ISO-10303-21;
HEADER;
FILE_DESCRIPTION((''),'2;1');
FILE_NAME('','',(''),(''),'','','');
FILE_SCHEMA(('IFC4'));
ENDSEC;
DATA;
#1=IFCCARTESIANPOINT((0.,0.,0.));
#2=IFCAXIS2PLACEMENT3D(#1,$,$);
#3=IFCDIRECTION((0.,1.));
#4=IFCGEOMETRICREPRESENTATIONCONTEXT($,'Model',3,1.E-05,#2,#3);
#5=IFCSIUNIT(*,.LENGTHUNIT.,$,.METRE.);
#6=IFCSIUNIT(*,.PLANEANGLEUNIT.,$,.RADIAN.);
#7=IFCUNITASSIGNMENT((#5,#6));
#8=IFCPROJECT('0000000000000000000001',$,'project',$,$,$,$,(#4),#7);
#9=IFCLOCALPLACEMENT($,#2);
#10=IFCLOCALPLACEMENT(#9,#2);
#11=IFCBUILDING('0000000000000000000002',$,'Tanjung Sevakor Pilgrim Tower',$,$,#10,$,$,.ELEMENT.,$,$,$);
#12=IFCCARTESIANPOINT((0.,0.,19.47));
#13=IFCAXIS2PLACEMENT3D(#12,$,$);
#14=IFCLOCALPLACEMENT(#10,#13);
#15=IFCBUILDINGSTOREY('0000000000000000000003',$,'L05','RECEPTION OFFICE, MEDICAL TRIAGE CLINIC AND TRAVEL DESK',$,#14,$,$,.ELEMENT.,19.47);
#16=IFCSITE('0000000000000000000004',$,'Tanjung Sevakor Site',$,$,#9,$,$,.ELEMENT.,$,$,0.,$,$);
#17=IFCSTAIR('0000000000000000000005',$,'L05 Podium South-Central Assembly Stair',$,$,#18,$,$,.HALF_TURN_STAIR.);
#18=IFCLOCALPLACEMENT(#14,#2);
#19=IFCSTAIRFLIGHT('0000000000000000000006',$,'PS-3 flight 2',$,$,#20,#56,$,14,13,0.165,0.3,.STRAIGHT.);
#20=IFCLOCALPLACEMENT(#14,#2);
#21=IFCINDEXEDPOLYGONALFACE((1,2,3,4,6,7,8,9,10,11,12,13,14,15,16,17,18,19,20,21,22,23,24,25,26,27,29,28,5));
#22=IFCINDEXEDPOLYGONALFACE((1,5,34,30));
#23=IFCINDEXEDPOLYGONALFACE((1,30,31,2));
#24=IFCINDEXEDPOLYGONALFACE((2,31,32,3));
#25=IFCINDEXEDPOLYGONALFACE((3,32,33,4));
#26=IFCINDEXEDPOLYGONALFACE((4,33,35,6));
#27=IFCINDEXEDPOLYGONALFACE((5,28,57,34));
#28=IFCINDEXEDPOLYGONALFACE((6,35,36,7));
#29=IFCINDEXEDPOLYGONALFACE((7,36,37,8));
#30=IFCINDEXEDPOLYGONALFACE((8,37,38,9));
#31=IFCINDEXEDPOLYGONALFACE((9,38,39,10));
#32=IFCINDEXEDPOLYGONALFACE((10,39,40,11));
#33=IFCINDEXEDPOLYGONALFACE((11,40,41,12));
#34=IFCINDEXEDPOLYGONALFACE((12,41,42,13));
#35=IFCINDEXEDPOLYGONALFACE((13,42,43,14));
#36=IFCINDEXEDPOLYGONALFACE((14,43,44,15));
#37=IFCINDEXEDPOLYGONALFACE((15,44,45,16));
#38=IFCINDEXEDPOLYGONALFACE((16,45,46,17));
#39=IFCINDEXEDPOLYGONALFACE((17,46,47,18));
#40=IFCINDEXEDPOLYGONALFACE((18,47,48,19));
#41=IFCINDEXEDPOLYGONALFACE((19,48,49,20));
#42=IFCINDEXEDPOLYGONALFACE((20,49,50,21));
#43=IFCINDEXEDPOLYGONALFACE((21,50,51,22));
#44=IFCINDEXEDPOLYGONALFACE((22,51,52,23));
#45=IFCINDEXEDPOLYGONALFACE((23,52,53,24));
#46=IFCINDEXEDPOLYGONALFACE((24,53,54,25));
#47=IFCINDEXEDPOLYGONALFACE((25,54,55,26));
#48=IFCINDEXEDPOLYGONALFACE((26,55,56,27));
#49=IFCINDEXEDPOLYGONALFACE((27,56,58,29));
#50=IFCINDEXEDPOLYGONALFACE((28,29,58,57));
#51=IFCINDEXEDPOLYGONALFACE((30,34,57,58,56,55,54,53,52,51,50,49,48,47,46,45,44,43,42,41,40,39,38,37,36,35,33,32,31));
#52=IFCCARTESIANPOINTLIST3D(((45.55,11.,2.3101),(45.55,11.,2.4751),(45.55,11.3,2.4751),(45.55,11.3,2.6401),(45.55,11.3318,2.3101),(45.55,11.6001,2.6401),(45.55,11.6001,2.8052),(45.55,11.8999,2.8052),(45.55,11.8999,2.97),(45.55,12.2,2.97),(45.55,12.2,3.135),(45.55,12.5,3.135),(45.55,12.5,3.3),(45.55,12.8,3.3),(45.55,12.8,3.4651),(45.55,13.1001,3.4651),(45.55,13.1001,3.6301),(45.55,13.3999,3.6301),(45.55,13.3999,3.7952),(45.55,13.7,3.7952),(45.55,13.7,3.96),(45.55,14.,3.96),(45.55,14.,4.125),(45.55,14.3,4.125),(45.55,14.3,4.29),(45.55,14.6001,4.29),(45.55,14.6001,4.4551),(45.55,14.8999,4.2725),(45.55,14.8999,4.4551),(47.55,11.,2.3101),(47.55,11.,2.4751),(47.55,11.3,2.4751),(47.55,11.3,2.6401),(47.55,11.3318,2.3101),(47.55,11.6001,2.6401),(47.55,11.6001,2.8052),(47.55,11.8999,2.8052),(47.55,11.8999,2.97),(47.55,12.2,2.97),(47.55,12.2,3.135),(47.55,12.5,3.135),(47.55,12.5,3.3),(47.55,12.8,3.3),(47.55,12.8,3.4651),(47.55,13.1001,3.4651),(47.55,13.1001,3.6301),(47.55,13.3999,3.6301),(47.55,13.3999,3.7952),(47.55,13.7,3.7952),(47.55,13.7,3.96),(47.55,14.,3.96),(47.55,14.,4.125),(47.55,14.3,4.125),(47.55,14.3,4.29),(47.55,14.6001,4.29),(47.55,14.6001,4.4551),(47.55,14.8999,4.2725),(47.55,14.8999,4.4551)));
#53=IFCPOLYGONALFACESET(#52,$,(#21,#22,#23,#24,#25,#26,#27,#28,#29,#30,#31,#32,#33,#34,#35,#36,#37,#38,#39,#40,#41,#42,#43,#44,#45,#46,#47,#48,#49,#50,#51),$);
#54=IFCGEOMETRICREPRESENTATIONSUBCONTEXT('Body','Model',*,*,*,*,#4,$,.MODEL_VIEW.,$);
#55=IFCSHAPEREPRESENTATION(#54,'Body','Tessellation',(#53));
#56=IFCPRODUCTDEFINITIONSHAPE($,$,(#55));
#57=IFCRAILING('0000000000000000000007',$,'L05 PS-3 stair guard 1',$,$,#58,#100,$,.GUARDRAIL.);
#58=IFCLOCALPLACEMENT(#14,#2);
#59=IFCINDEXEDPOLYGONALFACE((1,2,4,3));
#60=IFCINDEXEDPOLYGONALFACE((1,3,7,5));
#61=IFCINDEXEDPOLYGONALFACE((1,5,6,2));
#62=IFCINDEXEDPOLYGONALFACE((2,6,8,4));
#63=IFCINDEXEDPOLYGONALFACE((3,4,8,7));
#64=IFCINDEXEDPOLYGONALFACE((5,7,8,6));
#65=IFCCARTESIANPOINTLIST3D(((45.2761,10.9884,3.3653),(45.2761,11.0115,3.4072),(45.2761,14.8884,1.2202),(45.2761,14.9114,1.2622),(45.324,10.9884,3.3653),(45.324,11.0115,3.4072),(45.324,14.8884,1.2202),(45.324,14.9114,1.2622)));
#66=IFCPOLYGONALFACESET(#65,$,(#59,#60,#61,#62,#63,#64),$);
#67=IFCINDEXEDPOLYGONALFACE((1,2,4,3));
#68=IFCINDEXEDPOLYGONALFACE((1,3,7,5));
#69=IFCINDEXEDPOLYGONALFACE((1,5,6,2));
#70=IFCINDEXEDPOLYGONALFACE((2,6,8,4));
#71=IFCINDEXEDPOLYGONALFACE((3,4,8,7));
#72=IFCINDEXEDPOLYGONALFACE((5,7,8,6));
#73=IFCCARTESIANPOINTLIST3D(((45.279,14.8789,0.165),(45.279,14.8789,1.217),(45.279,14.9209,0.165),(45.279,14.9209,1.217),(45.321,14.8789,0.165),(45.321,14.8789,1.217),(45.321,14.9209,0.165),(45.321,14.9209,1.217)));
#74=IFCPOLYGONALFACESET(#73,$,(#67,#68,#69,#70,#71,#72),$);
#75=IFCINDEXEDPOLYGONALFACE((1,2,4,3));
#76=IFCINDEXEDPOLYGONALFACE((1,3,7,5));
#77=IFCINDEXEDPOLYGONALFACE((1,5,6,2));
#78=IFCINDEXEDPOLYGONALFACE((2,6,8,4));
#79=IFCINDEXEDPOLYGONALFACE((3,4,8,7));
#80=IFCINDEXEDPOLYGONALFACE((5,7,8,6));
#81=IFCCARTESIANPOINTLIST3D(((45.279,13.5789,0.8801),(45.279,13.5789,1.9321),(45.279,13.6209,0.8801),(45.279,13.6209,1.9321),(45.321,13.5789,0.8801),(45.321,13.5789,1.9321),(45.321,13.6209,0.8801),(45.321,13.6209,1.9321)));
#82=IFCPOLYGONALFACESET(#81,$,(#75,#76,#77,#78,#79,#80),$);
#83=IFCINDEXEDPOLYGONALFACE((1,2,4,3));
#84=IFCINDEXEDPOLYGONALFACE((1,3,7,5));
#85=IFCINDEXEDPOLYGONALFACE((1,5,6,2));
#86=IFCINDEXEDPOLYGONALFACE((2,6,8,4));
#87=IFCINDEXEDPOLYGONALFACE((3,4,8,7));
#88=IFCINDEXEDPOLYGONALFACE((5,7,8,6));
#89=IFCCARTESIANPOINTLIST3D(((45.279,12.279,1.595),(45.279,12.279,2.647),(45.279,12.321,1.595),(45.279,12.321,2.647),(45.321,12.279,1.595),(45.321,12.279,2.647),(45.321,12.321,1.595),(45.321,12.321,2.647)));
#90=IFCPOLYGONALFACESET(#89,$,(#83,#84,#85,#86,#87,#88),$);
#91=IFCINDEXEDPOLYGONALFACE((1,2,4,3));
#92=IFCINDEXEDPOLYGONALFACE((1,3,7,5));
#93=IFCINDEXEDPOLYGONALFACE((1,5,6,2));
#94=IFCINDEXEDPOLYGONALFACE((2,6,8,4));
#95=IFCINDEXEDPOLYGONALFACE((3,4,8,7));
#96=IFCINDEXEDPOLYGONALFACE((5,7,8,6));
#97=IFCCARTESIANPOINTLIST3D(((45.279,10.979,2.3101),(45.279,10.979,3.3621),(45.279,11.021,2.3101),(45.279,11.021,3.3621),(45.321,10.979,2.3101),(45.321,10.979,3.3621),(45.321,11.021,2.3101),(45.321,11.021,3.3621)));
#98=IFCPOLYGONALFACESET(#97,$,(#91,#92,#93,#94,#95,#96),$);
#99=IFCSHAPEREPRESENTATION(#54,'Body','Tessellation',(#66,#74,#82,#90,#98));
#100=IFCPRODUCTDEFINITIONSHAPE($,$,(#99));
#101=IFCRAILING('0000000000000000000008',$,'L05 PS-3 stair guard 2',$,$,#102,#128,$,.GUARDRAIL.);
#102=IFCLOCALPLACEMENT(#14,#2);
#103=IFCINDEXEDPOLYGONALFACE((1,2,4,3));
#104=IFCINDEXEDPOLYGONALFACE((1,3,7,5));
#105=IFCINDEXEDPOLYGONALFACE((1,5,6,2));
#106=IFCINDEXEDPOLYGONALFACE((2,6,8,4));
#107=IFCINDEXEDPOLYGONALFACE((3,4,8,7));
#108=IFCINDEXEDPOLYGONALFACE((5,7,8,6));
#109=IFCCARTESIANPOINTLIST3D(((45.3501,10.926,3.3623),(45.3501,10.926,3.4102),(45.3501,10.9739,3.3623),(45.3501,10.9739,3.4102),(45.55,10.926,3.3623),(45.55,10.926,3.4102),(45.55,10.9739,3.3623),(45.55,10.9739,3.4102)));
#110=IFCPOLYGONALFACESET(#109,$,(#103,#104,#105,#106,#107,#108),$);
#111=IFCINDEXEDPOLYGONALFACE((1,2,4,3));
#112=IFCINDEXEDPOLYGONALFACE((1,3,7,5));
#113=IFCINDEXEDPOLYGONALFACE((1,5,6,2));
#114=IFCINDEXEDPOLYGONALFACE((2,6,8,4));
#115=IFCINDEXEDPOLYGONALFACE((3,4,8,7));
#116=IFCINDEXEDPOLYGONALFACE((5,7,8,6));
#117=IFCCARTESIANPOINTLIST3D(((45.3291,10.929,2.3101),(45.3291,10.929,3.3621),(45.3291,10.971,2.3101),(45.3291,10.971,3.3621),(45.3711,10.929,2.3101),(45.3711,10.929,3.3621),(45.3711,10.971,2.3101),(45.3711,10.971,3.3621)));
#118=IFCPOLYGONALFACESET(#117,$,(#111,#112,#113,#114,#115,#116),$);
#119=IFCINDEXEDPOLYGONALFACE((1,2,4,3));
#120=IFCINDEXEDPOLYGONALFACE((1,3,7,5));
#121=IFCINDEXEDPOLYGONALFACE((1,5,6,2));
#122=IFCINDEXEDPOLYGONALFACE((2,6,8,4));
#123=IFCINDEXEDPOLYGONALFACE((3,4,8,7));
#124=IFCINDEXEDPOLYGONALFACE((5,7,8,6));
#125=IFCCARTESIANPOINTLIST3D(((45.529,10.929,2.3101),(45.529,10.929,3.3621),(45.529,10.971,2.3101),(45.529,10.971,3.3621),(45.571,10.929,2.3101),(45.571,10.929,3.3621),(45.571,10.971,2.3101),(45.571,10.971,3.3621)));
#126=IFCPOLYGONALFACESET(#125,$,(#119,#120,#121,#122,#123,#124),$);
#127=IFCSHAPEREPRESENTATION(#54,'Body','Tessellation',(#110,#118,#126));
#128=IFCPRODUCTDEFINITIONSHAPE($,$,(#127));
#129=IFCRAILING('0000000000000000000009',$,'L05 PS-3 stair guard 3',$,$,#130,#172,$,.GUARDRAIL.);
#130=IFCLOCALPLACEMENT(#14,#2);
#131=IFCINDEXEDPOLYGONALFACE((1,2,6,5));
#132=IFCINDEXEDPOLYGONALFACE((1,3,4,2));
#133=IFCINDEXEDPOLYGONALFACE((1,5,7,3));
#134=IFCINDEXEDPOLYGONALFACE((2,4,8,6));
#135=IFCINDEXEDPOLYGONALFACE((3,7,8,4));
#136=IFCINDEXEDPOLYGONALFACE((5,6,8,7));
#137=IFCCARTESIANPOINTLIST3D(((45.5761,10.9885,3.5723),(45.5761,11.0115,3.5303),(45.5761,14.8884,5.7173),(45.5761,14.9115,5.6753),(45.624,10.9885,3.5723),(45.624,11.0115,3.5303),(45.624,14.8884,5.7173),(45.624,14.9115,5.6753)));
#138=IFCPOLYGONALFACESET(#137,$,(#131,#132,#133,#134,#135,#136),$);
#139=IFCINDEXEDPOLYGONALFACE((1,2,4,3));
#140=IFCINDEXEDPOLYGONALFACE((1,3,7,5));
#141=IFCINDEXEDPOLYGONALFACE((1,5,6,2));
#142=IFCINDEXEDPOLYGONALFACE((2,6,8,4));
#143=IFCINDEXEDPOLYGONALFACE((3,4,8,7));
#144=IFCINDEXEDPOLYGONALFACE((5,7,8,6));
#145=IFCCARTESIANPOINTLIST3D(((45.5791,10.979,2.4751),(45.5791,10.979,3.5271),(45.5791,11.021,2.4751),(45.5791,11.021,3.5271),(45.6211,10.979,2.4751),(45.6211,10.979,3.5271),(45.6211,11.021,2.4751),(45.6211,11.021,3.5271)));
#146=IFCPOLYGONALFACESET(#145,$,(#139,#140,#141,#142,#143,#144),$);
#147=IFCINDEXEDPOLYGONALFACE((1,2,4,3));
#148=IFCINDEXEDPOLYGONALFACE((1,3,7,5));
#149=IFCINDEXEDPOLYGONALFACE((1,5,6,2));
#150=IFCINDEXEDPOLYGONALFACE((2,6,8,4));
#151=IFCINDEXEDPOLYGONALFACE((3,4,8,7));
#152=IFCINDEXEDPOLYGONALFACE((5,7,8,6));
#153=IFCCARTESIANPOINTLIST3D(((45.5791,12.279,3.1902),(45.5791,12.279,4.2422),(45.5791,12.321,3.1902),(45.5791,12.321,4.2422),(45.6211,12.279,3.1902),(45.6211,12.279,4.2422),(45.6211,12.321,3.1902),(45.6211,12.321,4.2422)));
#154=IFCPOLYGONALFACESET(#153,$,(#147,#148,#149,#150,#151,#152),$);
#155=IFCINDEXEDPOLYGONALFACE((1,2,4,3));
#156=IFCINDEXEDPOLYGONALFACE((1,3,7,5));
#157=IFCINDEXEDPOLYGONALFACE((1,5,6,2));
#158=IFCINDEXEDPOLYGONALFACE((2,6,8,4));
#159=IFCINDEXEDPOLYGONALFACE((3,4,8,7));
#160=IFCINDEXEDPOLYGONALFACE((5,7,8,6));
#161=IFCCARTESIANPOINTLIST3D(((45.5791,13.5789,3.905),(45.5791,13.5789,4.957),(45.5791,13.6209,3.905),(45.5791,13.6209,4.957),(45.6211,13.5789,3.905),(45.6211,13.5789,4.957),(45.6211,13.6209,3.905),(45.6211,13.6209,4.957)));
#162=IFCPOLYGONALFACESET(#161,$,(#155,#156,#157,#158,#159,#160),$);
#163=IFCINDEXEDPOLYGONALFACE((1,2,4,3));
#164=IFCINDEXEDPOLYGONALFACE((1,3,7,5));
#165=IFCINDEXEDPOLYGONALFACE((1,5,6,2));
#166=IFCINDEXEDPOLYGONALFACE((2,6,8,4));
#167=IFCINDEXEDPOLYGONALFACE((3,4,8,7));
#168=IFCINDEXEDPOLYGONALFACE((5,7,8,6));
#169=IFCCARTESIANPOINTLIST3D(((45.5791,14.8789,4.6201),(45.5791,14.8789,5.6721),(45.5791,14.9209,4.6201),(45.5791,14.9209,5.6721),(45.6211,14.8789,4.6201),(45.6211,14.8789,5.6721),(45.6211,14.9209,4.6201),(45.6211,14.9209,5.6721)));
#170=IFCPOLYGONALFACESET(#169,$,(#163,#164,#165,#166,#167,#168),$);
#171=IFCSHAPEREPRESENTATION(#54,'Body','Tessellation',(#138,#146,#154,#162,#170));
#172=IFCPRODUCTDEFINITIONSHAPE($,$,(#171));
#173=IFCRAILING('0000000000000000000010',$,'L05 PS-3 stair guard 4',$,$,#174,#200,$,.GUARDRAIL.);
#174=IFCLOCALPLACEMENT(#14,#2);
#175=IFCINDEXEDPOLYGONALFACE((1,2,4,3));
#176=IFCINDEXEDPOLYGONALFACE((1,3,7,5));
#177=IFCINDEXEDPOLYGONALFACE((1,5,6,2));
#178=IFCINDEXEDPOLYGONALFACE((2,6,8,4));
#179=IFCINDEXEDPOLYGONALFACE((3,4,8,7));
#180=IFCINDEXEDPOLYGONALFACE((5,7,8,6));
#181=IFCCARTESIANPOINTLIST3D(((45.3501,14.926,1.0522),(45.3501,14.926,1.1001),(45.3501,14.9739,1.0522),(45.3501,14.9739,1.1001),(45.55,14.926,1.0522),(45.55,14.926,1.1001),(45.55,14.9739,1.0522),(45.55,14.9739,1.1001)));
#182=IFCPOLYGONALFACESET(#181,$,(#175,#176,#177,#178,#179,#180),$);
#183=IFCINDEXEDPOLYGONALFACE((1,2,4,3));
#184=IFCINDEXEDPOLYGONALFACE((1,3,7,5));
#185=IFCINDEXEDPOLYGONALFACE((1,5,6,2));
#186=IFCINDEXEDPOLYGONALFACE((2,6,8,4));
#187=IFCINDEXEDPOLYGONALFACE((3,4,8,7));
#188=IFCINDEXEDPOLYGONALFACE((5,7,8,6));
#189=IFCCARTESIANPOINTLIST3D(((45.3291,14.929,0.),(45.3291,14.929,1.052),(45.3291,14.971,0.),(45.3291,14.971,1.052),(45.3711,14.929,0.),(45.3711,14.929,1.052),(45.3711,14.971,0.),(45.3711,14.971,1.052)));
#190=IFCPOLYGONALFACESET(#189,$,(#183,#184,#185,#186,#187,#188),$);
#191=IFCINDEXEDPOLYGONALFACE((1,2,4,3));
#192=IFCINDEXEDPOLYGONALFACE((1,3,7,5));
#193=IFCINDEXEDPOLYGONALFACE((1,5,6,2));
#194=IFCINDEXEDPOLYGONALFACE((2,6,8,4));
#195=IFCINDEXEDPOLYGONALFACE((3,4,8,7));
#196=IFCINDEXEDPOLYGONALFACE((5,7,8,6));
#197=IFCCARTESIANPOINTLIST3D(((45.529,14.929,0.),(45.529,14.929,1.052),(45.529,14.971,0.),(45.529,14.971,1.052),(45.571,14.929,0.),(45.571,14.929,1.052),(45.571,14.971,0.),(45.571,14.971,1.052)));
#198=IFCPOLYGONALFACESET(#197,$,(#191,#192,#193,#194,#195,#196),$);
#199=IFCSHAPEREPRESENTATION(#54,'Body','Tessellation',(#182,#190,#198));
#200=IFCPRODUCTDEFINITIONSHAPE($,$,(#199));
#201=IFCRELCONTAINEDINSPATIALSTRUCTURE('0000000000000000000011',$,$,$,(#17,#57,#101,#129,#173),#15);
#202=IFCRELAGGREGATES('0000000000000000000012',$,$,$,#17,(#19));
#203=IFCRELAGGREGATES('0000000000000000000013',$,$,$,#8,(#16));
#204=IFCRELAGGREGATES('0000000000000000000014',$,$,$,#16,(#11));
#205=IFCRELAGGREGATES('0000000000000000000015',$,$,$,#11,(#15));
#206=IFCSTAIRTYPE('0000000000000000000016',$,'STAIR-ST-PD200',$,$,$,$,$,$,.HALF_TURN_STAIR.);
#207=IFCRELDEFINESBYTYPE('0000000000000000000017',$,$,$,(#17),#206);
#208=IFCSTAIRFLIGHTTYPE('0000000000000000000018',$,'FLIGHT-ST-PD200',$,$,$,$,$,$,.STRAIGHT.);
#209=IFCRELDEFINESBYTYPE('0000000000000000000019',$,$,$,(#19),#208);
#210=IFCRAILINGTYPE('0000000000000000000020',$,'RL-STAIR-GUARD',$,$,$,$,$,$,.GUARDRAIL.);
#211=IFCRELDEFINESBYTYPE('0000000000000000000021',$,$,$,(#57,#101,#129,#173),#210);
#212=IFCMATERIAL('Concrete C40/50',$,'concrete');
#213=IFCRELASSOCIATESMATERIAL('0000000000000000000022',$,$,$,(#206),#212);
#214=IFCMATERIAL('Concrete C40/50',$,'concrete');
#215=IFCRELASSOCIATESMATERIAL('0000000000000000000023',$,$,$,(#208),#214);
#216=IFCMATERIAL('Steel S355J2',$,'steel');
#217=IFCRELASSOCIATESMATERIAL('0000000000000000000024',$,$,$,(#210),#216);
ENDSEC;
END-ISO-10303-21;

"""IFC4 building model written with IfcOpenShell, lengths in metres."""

from ifc_helpers import new_model, si_unit, direction, frame, origin, place, context, subcontext, project, spatial, polyline, rectangle, outline, extrude, material, type_object, element, aggregate, save


model = new_model("IFC4")

# Units and contexts
model_context = context("Model", 3, precision=1e-05, world=origin(), true_north=direction((0.0, 1.0)))
body_context = subcontext(model_context, "Body", "Model", "MODEL_VIEW")
ifc_project = project(units=[si_unit("LENGTHUNIT", "METRE"), si_unit("PLANEANGLEUNIT", "RADIAN")], contexts=[model_context])

# Site, building, storey
site_placement = place(None, origin())
site = spatial("IfcSite", under=ifc_project, at=site_placement, Name="Tanjung Sevakor Site", CompositionType="ELEMENT", RefElevation=0.0)
building_placement = place(site_placement, origin())
building = spatial("IfcBuilding", under=site, at=building_placement, Name="Tanjung Sevakor Pilgrim Tower", CompositionType="ELEMENT")
storey_placement = place(building_placement, frame((0.0, 0.0, 19.47)))
storey = spatial("IfcBuildingStorey", under=building, at=storey_placement, Name="L05", Description="RECEPTION OFFICE, MEDICAL TRIAGE CLINIC AND TRAVEL DESK", CompositionType="ELEMENT", Elevation=19.47)

# Stair, stair flight
ifc_material_1 = material(Name="Concrete C40/50", Category="concrete")
stair_type = type_object("IfcStairType", Name="STAIR-ST-PD200", PredefinedType="HALF_TURN_STAIR", material=ifc_material_1)
stair_placement = place(storey_placement, origin())
stair = element("IfcStair", 1, at=stair_placement, inside=storey, type_object=stair_type, Name="L05 Podium South-Central Assembly Stair", PredefinedType="HALF_TURN_STAIR")
ifc_material_2 = material(Name="Concrete C40/50", Category="concrete")
stair_flight_type = type_object("IfcStairFlightType", Name="FLIGHT-ST-PD200", PredefinedType="STRAIGHT", material=ifc_material_2)
stair_flight_1_placement = place(storey_placement, frame((46.55, 11.0, 2.3101), z_axis=(0.0, 0.0, 1.0), x_axis=(0.0, 1.0, 0.0)))
stair_flight_1 = element("IfcStairFlight", 2, at=stair_flight_1_placement, type_object=stair_flight_type, Name="PS-3 flight 2", NumberOfRisers=14, NumberOfTreads=13, PredefinedType="STRAIGHT", RiserHeight=0.165, TreadLength=0.3, context=body_context, shape_type="SweptSolid", body=[
    extrude(outline(polyline([(0.0, 0.0), (0.0, 0.165), (0.3, 0.165), (0.3, 0.3301), (0.6001, 0.3301), (0.6001, 0.4951), (0.8999, 0.4951), (0.8999, 0.6599), (1.2, 0.6599), (1.2, 0.825), (1.5, 0.825), (1.5, 0.99), (1.8, 0.99), (1.8, 1.155), (2.1001, 1.155), (2.1001, 1.3201), (2.3999, 1.3201), (2.3999, 1.4851), (2.7, 1.4851), (2.7, 1.6499), (3.0, 1.6499), (3.0, 1.8149), (3.3, 1.8149), (3.3, 1.98), (3.6001, 1.98), (3.6001, 2.145), (3.8999, 2.145), (3.8999, 2.3101), (3.8999, 1.9624), (0.3318, 0.0), (0.0, 0.0)])), frame((0.0, 1.0, 0.0), z_axis=(0.0, -1.0, 0.0), x_axis=(1.0, 0.0, 0.0)), (0.0, 0.0, 1.0), 2.0),
])
aggregate(stair, [stair_flight_1])

# Railings
ifc_material_3 = material(Name="Steel S355J2", Category="steel")
railing_type_1 = type_object("IfcRailingType", Name="RL-STAIR-GUARD", PredefinedType="GUARDRAIL", material=ifc_material_3)
railing_1_placement = place(storey_placement, frame((45.3, 14.8999, 0.165)))
element("IfcRailing", 3, at=railing_1_placement, inside=storey, type_object=railing_type_1, Name="L05 PS-3 stair guard 1", PredefinedType="GUARDRAIL", context=body_context, shape_type="SweptSolid", body=[
    extrude(rectangle(XDim=0.0479, YDim=0.0479), frame((0.0, 0.0, 1.0762), z_axis=(0.0, -0.876209, 0.481931), x_axis=(1.0, 0.0, 0.0)), (0.0, 0.0, 1.0), 4.4509),
    extrude(rectangle(XDim=0.042, YDim=0.042), origin(), (0.0, 0.0, 1.0), 1.052),
    extrude(rectangle(XDim=0.042, YDim=0.042), frame((0.0, -1.3, 0.7151)), (0.0, 0.0, 1.0), 1.052),
    extrude(rectangle(XDim=0.042, YDim=0.042), frame((0.0, -2.5999, 1.4299)), (0.0, 0.0, 1.0), 1.052),
    extrude(rectangle(XDim=0.042, YDim=0.042), frame((0.0, -3.8999, 2.145)), (0.0, 0.0, 1.0), 1.052),
])
railing_2_placement = place(storey_placement, frame((45.3501, 10.95, 2.3101)))
element("IfcRailing", 4, at=railing_2_placement, inside=storey, type_object=railing_type_1, Name="L05 PS-3 stair guard 2", PredefinedType="GUARDRAIL", context=body_context, shape_type="SweptSolid", body=[
    extrude(rectangle(XDim=0.0479, YDim=0.0479), frame((0.0, 0.0, 1.0762), z_axis=(1.0, 0.0, 0.0), x_axis=(0.0, 1.0, 0.0)), (0.0, 0.0, 1.0), 0.2),
    extrude(rectangle(XDim=0.042, YDim=0.042), origin(), (0.0, 0.0, 1.0), 1.052),
    extrude(rectangle(XDim=0.042, YDim=0.042), frame((0.2, 0.0, 0.0)), (0.0, 0.0, 1.0), 1.052),
])
railing_3_placement = place(storey_placement, frame((45.6001, 11.0, 2.4751)))
element("IfcRailing", 5, at=railing_3_placement, inside=storey, type_object=railing_type_1, Name="L05 PS-3 stair guard 3", PredefinedType="GUARDRAIL", context=body_context, shape_type="SweptSolid", body=[
    extrude(rectangle(XDim=0.0479, YDim=0.0479), frame((0.0, 0.0, 1.0762), z_axis=(0.0, 0.876209, 0.481931), x_axis=(-1.0, 0.0, 0.0)), (0.0, 0.0, 1.0), 4.4509),
    extrude(rectangle(XDim=0.042, YDim=0.042), origin(), (0.0, 0.0, 1.0), 1.052),
    extrude(rectangle(XDim=0.042, YDim=0.042), frame((0.0, 1.3, 0.7151)), (0.0, 0.0, 1.0), 1.052),
    extrude(rectangle(XDim=0.042, YDim=0.042), frame((0.0, 2.5999, 1.4299)), (0.0, 0.0, 1.0), 1.052),
    extrude(rectangle(XDim=0.042, YDim=0.042), frame((0.0, 3.8999, 2.145)), (0.0, 0.0, 1.0), 1.052),
])
railing_4_placement = place(storey_placement, frame((45.3501, 14.95, 0.0)))
element("IfcRailing", 6, at=railing_4_placement, inside=storey, type_object=railing_type_1, Name="L05 PS-3 stair guard 4", PredefinedType="GUARDRAIL", context=body_context, shape_type="SweptSolid", body=[
    extrude(rectangle(XDim=0.0479, YDim=0.0479), frame((0.0, 0.0, 1.0762), z_axis=(1.0, 0.0, 0.0), x_axis=(0.0, 1.0, 0.0)), (0.0, 0.0, 1.0), 0.2),
    extrude(rectangle(XDim=0.042, YDim=0.042), origin(), (0.0, 0.0, 1.0), 1.052),
    extrude(rectangle(XDim=0.042, YDim=0.042), frame((0.2, 0.0, 0.0)), (0.0, 0.0, 1.0), 1.052),
])

save(model, "model.ifc")
